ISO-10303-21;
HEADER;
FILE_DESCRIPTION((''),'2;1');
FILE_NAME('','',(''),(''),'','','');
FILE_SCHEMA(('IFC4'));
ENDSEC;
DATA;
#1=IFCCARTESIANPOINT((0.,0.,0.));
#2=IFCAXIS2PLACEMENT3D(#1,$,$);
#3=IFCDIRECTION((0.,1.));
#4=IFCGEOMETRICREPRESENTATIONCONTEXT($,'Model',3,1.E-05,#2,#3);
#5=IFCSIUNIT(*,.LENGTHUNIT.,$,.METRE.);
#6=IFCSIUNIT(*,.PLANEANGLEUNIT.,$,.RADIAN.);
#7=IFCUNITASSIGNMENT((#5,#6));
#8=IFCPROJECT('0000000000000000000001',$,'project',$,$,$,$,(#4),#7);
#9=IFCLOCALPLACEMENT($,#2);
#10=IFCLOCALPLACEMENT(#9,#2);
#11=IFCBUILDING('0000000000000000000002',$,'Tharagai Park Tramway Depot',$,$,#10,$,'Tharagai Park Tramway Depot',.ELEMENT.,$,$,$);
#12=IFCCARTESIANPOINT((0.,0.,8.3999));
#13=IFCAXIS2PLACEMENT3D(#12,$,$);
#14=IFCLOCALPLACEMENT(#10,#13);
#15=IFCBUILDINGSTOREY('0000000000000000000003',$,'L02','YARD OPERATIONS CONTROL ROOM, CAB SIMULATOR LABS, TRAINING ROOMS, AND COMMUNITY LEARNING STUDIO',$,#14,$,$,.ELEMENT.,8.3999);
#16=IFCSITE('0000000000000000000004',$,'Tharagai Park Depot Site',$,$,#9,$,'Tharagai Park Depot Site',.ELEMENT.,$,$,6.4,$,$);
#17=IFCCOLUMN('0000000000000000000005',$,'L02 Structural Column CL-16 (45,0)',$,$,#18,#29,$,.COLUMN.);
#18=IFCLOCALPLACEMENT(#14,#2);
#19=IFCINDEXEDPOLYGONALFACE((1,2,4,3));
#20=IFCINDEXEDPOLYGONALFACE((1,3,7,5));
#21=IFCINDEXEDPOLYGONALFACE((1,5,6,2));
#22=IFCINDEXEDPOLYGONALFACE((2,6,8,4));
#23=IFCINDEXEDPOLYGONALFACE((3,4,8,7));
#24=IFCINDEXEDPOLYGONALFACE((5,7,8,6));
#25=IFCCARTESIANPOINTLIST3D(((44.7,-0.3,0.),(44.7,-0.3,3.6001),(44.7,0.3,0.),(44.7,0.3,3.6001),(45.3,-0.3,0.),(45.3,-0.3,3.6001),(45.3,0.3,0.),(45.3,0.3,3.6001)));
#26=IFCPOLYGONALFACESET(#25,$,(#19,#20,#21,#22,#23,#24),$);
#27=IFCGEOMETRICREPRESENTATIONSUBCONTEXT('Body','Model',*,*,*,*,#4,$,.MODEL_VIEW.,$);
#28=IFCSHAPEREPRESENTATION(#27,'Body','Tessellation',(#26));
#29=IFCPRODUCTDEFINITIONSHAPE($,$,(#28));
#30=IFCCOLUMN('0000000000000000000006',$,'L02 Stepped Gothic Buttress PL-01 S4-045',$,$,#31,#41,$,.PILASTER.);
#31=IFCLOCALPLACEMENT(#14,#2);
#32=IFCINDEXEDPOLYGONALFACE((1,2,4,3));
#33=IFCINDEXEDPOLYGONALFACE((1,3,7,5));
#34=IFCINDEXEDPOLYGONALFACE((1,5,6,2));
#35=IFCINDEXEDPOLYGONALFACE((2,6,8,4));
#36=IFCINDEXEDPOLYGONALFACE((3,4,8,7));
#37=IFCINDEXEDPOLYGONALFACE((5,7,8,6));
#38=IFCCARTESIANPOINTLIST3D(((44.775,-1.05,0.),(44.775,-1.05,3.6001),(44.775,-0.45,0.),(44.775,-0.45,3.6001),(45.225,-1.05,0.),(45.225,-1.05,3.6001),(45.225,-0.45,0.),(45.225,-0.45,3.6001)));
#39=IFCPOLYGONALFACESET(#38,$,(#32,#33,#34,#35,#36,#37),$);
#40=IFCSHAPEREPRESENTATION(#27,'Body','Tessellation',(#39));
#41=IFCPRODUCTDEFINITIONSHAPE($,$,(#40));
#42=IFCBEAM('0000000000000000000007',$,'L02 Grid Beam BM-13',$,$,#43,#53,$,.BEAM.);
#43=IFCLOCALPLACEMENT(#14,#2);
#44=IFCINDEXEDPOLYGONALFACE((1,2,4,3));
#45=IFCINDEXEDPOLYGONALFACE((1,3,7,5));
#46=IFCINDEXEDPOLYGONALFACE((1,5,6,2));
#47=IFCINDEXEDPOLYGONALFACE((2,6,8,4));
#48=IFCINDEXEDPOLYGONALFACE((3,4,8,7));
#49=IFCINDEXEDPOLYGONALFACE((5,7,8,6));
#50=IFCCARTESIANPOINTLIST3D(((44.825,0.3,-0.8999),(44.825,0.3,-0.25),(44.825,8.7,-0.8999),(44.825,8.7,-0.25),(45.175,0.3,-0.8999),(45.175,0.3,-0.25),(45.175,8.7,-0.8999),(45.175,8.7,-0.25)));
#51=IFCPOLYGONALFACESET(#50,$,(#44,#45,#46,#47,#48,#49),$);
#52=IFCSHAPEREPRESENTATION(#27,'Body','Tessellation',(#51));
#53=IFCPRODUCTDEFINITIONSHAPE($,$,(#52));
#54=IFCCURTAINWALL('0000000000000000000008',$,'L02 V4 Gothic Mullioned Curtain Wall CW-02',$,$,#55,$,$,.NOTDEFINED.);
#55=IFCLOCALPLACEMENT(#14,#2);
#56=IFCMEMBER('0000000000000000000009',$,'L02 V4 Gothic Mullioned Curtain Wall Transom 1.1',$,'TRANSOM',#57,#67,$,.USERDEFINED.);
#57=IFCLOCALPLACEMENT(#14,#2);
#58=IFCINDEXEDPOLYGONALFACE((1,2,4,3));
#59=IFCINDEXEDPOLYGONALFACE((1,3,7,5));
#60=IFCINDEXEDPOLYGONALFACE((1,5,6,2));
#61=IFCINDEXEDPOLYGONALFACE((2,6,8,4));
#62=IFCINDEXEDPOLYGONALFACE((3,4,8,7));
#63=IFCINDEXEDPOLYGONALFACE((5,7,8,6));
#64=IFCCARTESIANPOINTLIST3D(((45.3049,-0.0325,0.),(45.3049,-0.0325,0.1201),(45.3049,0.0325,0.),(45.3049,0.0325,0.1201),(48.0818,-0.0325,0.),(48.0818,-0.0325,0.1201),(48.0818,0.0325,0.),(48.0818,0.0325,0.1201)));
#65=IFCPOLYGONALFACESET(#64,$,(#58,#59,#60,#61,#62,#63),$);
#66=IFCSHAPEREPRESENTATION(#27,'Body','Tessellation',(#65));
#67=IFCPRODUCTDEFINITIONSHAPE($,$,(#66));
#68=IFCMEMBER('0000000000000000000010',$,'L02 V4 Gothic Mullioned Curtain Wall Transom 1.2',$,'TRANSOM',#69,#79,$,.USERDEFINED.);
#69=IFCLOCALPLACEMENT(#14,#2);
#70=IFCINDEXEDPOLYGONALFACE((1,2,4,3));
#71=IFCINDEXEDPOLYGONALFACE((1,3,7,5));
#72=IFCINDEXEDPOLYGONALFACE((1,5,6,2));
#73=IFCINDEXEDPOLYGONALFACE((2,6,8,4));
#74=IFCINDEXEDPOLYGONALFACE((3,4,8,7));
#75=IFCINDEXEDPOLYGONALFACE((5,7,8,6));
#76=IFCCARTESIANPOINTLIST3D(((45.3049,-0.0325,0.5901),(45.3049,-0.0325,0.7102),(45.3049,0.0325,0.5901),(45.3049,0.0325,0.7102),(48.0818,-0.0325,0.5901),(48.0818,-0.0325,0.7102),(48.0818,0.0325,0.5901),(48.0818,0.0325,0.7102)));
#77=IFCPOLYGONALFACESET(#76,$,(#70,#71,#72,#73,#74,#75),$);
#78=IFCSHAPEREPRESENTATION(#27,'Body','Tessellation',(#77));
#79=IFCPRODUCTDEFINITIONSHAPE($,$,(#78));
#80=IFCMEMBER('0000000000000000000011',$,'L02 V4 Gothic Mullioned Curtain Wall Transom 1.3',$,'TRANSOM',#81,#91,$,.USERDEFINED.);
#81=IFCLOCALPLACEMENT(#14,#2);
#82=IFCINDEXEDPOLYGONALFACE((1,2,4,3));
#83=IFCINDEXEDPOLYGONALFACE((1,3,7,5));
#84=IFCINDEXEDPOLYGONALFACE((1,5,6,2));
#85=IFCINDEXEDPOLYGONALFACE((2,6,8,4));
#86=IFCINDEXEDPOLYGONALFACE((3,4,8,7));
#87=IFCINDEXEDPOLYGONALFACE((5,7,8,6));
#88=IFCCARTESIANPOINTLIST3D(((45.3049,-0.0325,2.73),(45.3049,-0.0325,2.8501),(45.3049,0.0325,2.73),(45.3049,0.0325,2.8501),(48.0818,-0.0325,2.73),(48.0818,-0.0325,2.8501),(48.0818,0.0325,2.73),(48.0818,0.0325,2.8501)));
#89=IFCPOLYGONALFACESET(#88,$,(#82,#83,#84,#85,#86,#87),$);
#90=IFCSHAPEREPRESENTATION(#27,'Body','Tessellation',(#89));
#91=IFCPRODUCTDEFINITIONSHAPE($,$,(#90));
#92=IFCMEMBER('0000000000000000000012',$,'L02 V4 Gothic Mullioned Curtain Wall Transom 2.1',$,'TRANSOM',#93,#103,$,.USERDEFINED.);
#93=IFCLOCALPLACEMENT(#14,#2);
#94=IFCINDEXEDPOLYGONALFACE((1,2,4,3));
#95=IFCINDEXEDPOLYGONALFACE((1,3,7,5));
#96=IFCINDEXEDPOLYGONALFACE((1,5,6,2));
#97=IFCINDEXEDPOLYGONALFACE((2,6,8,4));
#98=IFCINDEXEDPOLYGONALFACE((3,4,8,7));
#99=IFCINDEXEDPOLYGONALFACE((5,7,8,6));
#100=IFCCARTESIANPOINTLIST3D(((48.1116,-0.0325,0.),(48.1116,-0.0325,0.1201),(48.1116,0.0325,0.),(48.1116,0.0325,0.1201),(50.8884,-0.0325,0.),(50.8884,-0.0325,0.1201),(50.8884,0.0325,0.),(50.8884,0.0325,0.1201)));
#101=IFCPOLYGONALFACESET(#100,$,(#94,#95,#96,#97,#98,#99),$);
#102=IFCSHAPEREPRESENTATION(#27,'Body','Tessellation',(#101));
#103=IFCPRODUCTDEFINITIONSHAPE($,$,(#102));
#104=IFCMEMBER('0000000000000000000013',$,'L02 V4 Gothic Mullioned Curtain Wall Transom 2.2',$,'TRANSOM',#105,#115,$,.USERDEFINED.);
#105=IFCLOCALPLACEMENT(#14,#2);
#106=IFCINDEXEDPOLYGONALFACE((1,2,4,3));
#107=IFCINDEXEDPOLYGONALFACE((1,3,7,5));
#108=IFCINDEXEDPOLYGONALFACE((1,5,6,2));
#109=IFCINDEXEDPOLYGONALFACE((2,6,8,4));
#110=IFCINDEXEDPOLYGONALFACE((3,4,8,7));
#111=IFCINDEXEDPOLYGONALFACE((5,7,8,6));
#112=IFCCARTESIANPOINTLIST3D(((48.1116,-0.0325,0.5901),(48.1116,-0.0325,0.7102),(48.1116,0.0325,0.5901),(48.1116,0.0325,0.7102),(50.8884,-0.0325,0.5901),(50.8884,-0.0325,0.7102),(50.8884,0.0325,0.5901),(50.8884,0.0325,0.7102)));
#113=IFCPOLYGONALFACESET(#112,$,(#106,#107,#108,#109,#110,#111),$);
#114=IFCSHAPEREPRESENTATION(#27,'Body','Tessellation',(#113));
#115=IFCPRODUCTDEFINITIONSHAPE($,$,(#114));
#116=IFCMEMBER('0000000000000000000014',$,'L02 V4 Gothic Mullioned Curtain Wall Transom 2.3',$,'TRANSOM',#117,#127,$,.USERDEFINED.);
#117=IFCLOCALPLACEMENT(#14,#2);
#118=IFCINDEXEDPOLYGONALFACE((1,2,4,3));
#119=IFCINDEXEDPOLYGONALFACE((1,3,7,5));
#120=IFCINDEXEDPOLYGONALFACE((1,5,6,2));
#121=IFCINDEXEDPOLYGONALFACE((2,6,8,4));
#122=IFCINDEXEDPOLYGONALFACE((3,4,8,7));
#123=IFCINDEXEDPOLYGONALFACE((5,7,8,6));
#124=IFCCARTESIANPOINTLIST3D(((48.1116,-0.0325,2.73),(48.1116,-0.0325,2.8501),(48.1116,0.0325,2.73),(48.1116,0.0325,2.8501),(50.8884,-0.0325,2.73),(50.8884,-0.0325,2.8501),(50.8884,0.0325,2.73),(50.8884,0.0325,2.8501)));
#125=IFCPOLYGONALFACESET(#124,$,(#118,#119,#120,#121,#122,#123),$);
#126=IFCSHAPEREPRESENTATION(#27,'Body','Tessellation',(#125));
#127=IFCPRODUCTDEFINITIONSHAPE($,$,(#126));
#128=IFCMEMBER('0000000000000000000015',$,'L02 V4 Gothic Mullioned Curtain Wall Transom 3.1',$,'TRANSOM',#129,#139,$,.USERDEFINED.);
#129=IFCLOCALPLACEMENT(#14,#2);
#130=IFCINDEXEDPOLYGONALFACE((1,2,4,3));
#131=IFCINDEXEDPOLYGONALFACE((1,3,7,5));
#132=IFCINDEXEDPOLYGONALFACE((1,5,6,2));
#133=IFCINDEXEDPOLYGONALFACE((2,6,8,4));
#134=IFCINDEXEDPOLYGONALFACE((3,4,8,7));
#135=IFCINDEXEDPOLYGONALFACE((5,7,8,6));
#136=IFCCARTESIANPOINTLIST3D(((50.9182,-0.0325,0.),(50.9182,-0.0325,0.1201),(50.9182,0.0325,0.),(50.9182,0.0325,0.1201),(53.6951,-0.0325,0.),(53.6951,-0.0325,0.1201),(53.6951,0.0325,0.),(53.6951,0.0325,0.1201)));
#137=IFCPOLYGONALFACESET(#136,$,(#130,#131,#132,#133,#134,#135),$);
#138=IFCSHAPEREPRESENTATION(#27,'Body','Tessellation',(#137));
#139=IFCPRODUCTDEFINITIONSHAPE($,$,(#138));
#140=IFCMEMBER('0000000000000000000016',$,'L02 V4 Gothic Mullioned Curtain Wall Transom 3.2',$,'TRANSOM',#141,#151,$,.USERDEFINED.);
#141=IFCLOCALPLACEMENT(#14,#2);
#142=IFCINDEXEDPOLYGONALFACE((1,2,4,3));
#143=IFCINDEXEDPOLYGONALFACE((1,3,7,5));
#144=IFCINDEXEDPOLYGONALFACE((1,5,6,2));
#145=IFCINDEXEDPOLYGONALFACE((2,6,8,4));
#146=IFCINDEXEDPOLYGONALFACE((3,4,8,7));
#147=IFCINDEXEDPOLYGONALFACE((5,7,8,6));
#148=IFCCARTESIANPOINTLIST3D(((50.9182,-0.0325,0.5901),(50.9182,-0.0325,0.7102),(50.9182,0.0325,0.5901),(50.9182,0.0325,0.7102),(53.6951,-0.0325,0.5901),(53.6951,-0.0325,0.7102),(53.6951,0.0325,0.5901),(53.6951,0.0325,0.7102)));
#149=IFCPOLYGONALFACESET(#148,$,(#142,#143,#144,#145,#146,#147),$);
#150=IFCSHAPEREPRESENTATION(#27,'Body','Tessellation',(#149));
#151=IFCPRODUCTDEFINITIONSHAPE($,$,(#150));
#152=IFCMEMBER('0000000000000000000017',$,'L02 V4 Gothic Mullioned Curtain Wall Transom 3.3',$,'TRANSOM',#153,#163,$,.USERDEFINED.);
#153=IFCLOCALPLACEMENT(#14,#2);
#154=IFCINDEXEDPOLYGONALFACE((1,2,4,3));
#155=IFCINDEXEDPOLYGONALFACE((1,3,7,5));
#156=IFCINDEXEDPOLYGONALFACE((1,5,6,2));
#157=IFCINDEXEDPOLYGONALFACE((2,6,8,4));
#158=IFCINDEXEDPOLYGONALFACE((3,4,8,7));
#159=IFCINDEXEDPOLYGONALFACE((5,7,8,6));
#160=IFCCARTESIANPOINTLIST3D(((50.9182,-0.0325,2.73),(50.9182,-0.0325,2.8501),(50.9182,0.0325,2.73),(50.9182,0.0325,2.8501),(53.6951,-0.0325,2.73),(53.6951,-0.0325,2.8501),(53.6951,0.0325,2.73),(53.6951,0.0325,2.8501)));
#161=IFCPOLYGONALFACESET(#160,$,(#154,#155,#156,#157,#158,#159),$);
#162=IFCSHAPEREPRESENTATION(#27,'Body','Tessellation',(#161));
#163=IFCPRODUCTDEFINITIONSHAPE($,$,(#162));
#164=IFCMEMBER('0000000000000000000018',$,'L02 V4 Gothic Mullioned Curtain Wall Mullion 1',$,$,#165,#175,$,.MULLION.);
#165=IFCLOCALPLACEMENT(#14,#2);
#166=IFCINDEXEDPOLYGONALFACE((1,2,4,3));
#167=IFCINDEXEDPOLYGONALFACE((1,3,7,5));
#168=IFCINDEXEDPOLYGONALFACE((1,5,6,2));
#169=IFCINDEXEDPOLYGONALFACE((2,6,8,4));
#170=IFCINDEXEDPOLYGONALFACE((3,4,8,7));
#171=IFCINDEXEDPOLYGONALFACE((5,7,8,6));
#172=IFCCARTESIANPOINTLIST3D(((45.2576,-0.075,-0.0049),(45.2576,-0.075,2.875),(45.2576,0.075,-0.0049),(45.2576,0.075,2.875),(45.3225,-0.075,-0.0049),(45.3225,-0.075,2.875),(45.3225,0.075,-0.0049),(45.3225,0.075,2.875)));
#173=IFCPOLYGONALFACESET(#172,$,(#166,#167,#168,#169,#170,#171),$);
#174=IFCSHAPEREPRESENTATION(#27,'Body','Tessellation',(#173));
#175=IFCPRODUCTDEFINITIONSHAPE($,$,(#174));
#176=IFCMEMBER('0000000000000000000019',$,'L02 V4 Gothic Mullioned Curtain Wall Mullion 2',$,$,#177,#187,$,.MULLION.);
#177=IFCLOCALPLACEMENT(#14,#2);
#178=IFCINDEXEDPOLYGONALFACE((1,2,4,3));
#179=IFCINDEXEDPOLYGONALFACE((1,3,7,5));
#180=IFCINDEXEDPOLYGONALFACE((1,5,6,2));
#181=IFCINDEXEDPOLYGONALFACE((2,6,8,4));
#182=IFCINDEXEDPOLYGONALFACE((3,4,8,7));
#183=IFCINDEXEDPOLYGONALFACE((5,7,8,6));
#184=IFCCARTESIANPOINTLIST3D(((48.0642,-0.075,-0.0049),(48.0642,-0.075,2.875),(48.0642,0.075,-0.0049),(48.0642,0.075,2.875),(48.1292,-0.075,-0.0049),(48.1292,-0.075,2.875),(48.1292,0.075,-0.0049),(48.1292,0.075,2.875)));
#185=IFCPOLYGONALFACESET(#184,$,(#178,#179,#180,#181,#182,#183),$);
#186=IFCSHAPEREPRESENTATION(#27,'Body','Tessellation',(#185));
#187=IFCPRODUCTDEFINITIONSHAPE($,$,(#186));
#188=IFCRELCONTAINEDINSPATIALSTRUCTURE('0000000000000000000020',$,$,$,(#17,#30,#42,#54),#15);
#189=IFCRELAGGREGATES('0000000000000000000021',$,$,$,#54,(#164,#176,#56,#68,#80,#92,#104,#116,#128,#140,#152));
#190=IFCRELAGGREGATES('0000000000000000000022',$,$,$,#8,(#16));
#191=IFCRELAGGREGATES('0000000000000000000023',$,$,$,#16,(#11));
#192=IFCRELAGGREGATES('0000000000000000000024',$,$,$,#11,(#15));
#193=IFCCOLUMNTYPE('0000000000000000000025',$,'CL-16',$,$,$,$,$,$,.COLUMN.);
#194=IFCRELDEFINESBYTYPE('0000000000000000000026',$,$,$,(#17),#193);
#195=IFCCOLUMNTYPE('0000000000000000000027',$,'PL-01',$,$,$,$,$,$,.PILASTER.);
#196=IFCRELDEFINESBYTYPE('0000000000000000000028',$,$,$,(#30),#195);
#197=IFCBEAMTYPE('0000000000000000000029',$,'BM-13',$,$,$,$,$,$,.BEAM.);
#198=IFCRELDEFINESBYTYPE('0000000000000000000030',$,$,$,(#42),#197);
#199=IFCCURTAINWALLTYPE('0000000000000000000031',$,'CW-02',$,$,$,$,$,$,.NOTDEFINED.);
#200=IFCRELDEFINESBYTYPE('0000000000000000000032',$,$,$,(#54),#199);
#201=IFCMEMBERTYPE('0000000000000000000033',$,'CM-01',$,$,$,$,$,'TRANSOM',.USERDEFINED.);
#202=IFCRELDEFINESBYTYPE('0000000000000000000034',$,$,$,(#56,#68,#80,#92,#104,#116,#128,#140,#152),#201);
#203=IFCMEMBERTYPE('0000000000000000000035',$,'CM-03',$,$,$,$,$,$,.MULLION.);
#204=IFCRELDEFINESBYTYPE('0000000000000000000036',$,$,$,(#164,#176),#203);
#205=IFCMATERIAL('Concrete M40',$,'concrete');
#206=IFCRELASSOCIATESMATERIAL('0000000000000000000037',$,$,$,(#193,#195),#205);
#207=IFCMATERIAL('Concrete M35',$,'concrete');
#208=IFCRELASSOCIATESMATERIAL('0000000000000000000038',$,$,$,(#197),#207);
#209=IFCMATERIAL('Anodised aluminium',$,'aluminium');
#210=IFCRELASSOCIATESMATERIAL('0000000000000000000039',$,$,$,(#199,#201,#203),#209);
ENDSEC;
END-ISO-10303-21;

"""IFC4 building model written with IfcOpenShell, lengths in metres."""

from ifc_helpers import new_model, si_unit, direction, frame, origin, origin_2d, place, context, subcontext, project, spatial, rectangle, extrude, material, material_profile, profile_set, type_object, element, aggregate, save


model = new_model("IFC4")

# Units and contexts
model_context = context("Model", 3, precision=1e-05, world=origin(), true_north=direction((0.0, 1.0)))
body_context = subcontext(model_context, "Body", "Model", "MODEL_VIEW")
ifc_project = project(units=[si_unit("LENGTHUNIT", "METRE"), si_unit("PLANEANGLEUNIT", "RADIAN")], contexts=[model_context])

# Site, building, storey
site_placement = place(None, origin())
site = spatial("IfcSite", under=ifc_project, at=site_placement, Name="Tharagai Park Depot Site", LongName="Tharagai Park Depot Site", CompositionType="ELEMENT", RefElevation=6.4)
building_placement = place(site_placement, origin())
building = spatial("IfcBuilding", under=site, at=building_placement, Name="Tharagai Park Tramway Depot", LongName="Tharagai Park Tramway Depot", CompositionType="ELEMENT")
storey_placement = place(building_placement, frame((0.0, 0.0, 8.3999)))
storey = spatial("IfcBuildingStorey", under=building, at=storey_placement, Name="L02", Description="YARD OPERATIONS CONTROL ROOM, CAB SIMULATOR LABS, TRAINING ROOMS, AND COMMUNITY LEARNING STUDIO", CompositionType="ELEMENT", Elevation=8.3999)

# Columns
ifc_material_1 = material(Name="Concrete M40", Category="concrete")
ifc_material_profile_1 = material_profile(ifc_material_1, rectangle(XDim=0.6001, YDim=0.6001, at=origin_2d()), Name="RC 600x600")
ifc_profile_set_1 = profile_set([ifc_material_profile_1], Name="Concrete M40")
column_type_1 = type_object("IfcColumnType", Name="CL-16", PredefinedType="COLUMN", material=ifc_profile_set_1)
column_1_placement = place(storey_placement, frame((45.0, 0.0, 0.0), z_axis=(0.0, 0.0, 1.0), x_axis=(1.0, 0.0, 0.0)))
element("IfcColumn", 1, at=column_1_placement, inside=storey, type_object=column_type_1, Name="L02 Structural Column CL-16 (45,0)", PredefinedType="COLUMN", context=body_context, shape_type="SweptSolid", body=[
    extrude(rectangle(XDim=0.6001, YDim=0.6001, at=origin_2d()), origin(), (0.0, 0.0, 1.0), 3.6001),
])
ifc_material_profile_2 = material_profile(ifc_material_1, rectangle(XDim=0.45, YDim=0.6001, at=origin_2d()), Name="RC 450x600")
ifc_profile_set_2 = profile_set([ifc_material_profile_2], Name="Concrete M40")
column_type_2 = type_object("IfcColumnType", Name="PL-01", PredefinedType="PILASTER", material=ifc_profile_set_2)
column_2_placement = place(storey_placement, frame((45.0, -0.75, 0.0), z_axis=(0.0, 0.0, 1.0), x_axis=(1.0, 0.0, 0.0)))
element("IfcColumn", 2, at=column_2_placement, inside=storey, type_object=column_type_2, Name="L02 Stepped Gothic Buttress PL-01 S4-045", PredefinedType="PILASTER", context=body_context, shape_type="SweptSolid", body=[
    extrude(rectangle(XDim=0.45, YDim=0.6001, at=origin_2d()), origin(), (0.0, 0.0, 1.0), 3.6001),
])

# Beam
ifc_material_2 = material(Name="Concrete M35", Category="concrete")
ifc_material_profile_3 = material_profile(ifc_material_2, rectangle(XDim=0.3501, YDim=0.6499, at=origin_2d()), Name="RC 350x650")
ifc_profile_set_3 = profile_set([ifc_material_profile_3], Name="Concrete M35")
beam_type_1 = type_object("IfcBeamType", Name="BM-13", PredefinedType="BEAM", material=ifc_profile_set_3)
beam_1_placement = place(storey_placement, frame((45.0, 0.3, -0.575), z_axis=(0.0, 1.0, 0.0), x_axis=(-1.0, 0.0, 0.0)))
element("IfcBeam", 3, at=beam_1_placement, inside=storey, type_object=beam_type_1, Name="L02 Grid Beam BM-13", PredefinedType="BEAM", context=body_context, shape_type="SweptSolid", body=[
    extrude(rectangle(XDim=0.3501, YDim=0.6499, at=origin_2d()), origin(), (0.0, 0.0, 1.0), 8.3999),
])

# Curtain wall, members
ifc_material_3 = material(Name="Anodised aluminium", Category="aluminium")
curtain_wall_type = type_object("IfcCurtainWallType", Name="CW-02", PredefinedType="NOTDEFINED", material=ifc_material_3)
curtain_wall_placement = place(storey_placement, origin())
curtain_wall = element("IfcCurtainWall", 4, at=curtain_wall_placement, inside=storey, type_object=curtain_wall_type, Name="L02 V4 Gothic Mullioned Curtain Wall CW-02", PredefinedType="NOTDEFINED")
ifc_material_profile_4 = material_profile(ifc_material_3, rectangle(XDim=0.0649, YDim=0.1201, at=origin_2d()), Name="ALU 65x120")
ifc_profile_set_4 = profile_set([ifc_material_profile_4], Name="Anodised aluminium")
member_type_1 = type_object("IfcMemberType", Name="CM-01", ElementType="TRANSOM", PredefinedType="USERDEFINED", material=ifc_profile_set_4)
member_1_placement = place(storey_placement, frame((45.3049, 0.0, 0.0601), z_axis=(1.0, 0.0, 0.0), x_axis=(0.0, 1.0, 0.0)))
member_1 = element("IfcMember", 5, at=member_1_placement, type_object=member_type_1, Name="L02 V4 Gothic Mullioned Curtain Wall Transom 1.1", ObjectType="TRANSOM", PredefinedType="USERDEFINED", context=body_context, shape_type="SweptSolid", body=[
    extrude(rectangle(XDim=0.0649, YDim=0.1201, at=origin_2d()), origin(), (0.0, 0.0, 1.0), 2.7769),
])
member_2_placement = place(storey_placement, frame((45.3049, 0.0, 0.6501), z_axis=(1.0, 0.0, 0.0), x_axis=(0.0, 1.0, 0.0)))
member_2 = element("IfcMember", 6, at=member_2_placement, type_object=member_type_1, Name="L02 V4 Gothic Mullioned Curtain Wall Transom 1.2", ObjectType="TRANSOM", PredefinedType="USERDEFINED", context=body_context, shape_type="SweptSolid", body=[
    extrude(rectangle(XDim=0.0649, YDim=0.1201, at=origin_2d()), origin(), (0.0, 0.0, 1.0), 2.7769),
])
member_3_placement = place(storey_placement, frame((45.3049, 0.0, 2.79), z_axis=(1.0, 0.0, 0.0), x_axis=(0.0, 1.0, 0.0)))
member_3 = element("IfcMember", 7, at=member_3_placement, type_object=member_type_1, Name="L02 V4 Gothic Mullioned Curtain Wall Transom 1.3", ObjectType="TRANSOM", PredefinedType="USERDEFINED", context=body_context, shape_type="SweptSolid", body=[
    extrude(rectangle(XDim=0.0649, YDim=0.1201, at=origin_2d()), origin(), (0.0, 0.0, 1.0), 2.7769),
])
member_4_placement = place(storey_placement, frame((48.1116, 0.0, 0.0601), z_axis=(1.0, 0.0, 0.0), x_axis=(0.0, 1.0, 0.0)))
member_4 = element("IfcMember", 8, at=member_4_placement, type_object=member_type_1, Name="L02 V4 Gothic Mullioned Curtain Wall Transom 2.1", ObjectType="TRANSOM", PredefinedType="USERDEFINED", context=body_context, shape_type="SweptSolid", body=[
    extrude(rectangle(XDim=0.0649, YDim=0.1201, at=origin_2d()), origin(), (0.0, 0.0, 1.0), 2.7769),
])
member_5_placement = place(storey_placement, frame((48.1116, 0.0, 0.6501), z_axis=(1.0, 0.0, 0.0), x_axis=(0.0, 1.0, 0.0)))
member_5 = element("IfcMember", 9, at=member_5_placement, type_object=member_type_1, Name="L02 V4 Gothic Mullioned Curtain Wall Transom 2.2", ObjectType="TRANSOM", PredefinedType="USERDEFINED", context=body_context, shape_type="SweptSolid", body=[
    extrude(rectangle(XDim=0.0649, YDim=0.1201, at=origin_2d()), origin(), (0.0, 0.0, 1.0), 2.7769),
])
member_6_placement = place(storey_placement, frame((48.1116, 0.0, 2.79), z_axis=(1.0, 0.0, 0.0), x_axis=(0.0, 1.0, 0.0)))
member_6 = element("IfcMember", 10, at=member_6_placement, type_object=member_type_1, Name="L02 V4 Gothic Mullioned Curtain Wall Transom 2.3", ObjectType="TRANSOM", PredefinedType="USERDEFINED", context=body_context, shape_type="SweptSolid", body=[
    extrude(rectangle(XDim=0.0649, YDim=0.1201, at=origin_2d()), origin(), (0.0, 0.0, 1.0), 2.7769),
])
member_7_placement = place(storey_placement, frame((50.9182, 0.0, 0.0601), z_axis=(1.0, 0.0, 0.0), x_axis=(0.0, 1.0, 0.0)))
member_7 = element("IfcMember", 11, at=member_7_placement, type_object=member_type_1, Name="L02 V4 Gothic Mullioned Curtain Wall Transom 3.1", ObjectType="TRANSOM", PredefinedType="USERDEFINED", context=body_context, shape_type="SweptSolid", body=[
    extrude(rectangle(XDim=0.0649, YDim=0.1201, at=origin_2d()), origin(), (0.0, 0.0, 1.0), 2.7769),
])
member_8_placement = place(storey_placement, frame((50.9182, 0.0, 0.6501), z_axis=(1.0, 0.0, 0.0), x_axis=(0.0, 1.0, 0.0)))
member_8 = element("IfcMember", 12, at=member_8_placement, type_object=member_type_1, Name="L02 V4 Gothic Mullioned Curtain Wall Transom 3.2", ObjectType="TRANSOM", PredefinedType="USERDEFINED", context=body_context, shape_type="SweptSolid", body=[
    extrude(rectangle(XDim=0.0649, YDim=0.1201, at=origin_2d()), origin(), (0.0, 0.0, 1.0), 2.7769),
])
member_9_placement = place(storey_placement, frame((50.9182, 0.0, 2.79), z_axis=(1.0, 0.0, 0.0), x_axis=(0.0, 1.0, 0.0)))
member_9 = element("IfcMember", 13, at=member_9_placement, type_object=member_type_1, Name="L02 V4 Gothic Mullioned Curtain Wall Transom 3.3", ObjectType="TRANSOM", PredefinedType="USERDEFINED", context=body_context, shape_type="SweptSolid", body=[
    extrude(rectangle(XDim=0.0649, YDim=0.1201, at=origin_2d()), origin(), (0.0, 0.0, 1.0), 2.7769),
])
ifc_material_profile_5 = material_profile(ifc_material_3, rectangle(XDim=0.0649, YDim=0.1499, at=origin_2d()), Name="ALU 65x150")
ifc_profile_set_5 = profile_set([ifc_material_profile_5], Name="Anodised aluminium")
member_type_2 = type_object("IfcMemberType", Name="CM-03", PredefinedType="MULLION", material=ifc_profile_set_5)
member_10_placement = place(storey_placement, frame((45.29, 0.0, -0.0049), z_axis=(0.0, 0.0, 1.0), x_axis=(1.0, 0.0, 0.0)))
member_10 = element("IfcMember", 14, at=member_10_placement, type_object=member_type_2, Name="L02 V4 Gothic Mullioned Curtain Wall Mullion 1", PredefinedType="MULLION", context=body_context, shape_type="SweptSolid", body=[
    extrude(rectangle(XDim=0.0649, YDim=0.1499, at=origin_2d()), origin(), (0.0, 0.0, 1.0), 2.8799),
])
member_11_placement = place(storey_placement, frame((48.0967, 0.0, -0.0049), z_axis=(0.0, 0.0, 1.0), x_axis=(1.0, 0.0, 0.0)))
member_11 = element("IfcMember", 15, at=member_11_placement, type_object=member_type_2, Name="L02 V4 Gothic Mullioned Curtain Wall Mullion 2", PredefinedType="MULLION", context=body_context, shape_type="SweptSolid", body=[
    extrude(rectangle(XDim=0.0649, YDim=0.1499, at=origin_2d()), origin(), (0.0, 0.0, 1.0), 2.8799),
])

aggregate(curtain_wall, [member_10, member_11, member_1, member_2, member_3, member_4, member_5, member_6, member_7, member_8, member_9])

save(model, "model.ifc")
